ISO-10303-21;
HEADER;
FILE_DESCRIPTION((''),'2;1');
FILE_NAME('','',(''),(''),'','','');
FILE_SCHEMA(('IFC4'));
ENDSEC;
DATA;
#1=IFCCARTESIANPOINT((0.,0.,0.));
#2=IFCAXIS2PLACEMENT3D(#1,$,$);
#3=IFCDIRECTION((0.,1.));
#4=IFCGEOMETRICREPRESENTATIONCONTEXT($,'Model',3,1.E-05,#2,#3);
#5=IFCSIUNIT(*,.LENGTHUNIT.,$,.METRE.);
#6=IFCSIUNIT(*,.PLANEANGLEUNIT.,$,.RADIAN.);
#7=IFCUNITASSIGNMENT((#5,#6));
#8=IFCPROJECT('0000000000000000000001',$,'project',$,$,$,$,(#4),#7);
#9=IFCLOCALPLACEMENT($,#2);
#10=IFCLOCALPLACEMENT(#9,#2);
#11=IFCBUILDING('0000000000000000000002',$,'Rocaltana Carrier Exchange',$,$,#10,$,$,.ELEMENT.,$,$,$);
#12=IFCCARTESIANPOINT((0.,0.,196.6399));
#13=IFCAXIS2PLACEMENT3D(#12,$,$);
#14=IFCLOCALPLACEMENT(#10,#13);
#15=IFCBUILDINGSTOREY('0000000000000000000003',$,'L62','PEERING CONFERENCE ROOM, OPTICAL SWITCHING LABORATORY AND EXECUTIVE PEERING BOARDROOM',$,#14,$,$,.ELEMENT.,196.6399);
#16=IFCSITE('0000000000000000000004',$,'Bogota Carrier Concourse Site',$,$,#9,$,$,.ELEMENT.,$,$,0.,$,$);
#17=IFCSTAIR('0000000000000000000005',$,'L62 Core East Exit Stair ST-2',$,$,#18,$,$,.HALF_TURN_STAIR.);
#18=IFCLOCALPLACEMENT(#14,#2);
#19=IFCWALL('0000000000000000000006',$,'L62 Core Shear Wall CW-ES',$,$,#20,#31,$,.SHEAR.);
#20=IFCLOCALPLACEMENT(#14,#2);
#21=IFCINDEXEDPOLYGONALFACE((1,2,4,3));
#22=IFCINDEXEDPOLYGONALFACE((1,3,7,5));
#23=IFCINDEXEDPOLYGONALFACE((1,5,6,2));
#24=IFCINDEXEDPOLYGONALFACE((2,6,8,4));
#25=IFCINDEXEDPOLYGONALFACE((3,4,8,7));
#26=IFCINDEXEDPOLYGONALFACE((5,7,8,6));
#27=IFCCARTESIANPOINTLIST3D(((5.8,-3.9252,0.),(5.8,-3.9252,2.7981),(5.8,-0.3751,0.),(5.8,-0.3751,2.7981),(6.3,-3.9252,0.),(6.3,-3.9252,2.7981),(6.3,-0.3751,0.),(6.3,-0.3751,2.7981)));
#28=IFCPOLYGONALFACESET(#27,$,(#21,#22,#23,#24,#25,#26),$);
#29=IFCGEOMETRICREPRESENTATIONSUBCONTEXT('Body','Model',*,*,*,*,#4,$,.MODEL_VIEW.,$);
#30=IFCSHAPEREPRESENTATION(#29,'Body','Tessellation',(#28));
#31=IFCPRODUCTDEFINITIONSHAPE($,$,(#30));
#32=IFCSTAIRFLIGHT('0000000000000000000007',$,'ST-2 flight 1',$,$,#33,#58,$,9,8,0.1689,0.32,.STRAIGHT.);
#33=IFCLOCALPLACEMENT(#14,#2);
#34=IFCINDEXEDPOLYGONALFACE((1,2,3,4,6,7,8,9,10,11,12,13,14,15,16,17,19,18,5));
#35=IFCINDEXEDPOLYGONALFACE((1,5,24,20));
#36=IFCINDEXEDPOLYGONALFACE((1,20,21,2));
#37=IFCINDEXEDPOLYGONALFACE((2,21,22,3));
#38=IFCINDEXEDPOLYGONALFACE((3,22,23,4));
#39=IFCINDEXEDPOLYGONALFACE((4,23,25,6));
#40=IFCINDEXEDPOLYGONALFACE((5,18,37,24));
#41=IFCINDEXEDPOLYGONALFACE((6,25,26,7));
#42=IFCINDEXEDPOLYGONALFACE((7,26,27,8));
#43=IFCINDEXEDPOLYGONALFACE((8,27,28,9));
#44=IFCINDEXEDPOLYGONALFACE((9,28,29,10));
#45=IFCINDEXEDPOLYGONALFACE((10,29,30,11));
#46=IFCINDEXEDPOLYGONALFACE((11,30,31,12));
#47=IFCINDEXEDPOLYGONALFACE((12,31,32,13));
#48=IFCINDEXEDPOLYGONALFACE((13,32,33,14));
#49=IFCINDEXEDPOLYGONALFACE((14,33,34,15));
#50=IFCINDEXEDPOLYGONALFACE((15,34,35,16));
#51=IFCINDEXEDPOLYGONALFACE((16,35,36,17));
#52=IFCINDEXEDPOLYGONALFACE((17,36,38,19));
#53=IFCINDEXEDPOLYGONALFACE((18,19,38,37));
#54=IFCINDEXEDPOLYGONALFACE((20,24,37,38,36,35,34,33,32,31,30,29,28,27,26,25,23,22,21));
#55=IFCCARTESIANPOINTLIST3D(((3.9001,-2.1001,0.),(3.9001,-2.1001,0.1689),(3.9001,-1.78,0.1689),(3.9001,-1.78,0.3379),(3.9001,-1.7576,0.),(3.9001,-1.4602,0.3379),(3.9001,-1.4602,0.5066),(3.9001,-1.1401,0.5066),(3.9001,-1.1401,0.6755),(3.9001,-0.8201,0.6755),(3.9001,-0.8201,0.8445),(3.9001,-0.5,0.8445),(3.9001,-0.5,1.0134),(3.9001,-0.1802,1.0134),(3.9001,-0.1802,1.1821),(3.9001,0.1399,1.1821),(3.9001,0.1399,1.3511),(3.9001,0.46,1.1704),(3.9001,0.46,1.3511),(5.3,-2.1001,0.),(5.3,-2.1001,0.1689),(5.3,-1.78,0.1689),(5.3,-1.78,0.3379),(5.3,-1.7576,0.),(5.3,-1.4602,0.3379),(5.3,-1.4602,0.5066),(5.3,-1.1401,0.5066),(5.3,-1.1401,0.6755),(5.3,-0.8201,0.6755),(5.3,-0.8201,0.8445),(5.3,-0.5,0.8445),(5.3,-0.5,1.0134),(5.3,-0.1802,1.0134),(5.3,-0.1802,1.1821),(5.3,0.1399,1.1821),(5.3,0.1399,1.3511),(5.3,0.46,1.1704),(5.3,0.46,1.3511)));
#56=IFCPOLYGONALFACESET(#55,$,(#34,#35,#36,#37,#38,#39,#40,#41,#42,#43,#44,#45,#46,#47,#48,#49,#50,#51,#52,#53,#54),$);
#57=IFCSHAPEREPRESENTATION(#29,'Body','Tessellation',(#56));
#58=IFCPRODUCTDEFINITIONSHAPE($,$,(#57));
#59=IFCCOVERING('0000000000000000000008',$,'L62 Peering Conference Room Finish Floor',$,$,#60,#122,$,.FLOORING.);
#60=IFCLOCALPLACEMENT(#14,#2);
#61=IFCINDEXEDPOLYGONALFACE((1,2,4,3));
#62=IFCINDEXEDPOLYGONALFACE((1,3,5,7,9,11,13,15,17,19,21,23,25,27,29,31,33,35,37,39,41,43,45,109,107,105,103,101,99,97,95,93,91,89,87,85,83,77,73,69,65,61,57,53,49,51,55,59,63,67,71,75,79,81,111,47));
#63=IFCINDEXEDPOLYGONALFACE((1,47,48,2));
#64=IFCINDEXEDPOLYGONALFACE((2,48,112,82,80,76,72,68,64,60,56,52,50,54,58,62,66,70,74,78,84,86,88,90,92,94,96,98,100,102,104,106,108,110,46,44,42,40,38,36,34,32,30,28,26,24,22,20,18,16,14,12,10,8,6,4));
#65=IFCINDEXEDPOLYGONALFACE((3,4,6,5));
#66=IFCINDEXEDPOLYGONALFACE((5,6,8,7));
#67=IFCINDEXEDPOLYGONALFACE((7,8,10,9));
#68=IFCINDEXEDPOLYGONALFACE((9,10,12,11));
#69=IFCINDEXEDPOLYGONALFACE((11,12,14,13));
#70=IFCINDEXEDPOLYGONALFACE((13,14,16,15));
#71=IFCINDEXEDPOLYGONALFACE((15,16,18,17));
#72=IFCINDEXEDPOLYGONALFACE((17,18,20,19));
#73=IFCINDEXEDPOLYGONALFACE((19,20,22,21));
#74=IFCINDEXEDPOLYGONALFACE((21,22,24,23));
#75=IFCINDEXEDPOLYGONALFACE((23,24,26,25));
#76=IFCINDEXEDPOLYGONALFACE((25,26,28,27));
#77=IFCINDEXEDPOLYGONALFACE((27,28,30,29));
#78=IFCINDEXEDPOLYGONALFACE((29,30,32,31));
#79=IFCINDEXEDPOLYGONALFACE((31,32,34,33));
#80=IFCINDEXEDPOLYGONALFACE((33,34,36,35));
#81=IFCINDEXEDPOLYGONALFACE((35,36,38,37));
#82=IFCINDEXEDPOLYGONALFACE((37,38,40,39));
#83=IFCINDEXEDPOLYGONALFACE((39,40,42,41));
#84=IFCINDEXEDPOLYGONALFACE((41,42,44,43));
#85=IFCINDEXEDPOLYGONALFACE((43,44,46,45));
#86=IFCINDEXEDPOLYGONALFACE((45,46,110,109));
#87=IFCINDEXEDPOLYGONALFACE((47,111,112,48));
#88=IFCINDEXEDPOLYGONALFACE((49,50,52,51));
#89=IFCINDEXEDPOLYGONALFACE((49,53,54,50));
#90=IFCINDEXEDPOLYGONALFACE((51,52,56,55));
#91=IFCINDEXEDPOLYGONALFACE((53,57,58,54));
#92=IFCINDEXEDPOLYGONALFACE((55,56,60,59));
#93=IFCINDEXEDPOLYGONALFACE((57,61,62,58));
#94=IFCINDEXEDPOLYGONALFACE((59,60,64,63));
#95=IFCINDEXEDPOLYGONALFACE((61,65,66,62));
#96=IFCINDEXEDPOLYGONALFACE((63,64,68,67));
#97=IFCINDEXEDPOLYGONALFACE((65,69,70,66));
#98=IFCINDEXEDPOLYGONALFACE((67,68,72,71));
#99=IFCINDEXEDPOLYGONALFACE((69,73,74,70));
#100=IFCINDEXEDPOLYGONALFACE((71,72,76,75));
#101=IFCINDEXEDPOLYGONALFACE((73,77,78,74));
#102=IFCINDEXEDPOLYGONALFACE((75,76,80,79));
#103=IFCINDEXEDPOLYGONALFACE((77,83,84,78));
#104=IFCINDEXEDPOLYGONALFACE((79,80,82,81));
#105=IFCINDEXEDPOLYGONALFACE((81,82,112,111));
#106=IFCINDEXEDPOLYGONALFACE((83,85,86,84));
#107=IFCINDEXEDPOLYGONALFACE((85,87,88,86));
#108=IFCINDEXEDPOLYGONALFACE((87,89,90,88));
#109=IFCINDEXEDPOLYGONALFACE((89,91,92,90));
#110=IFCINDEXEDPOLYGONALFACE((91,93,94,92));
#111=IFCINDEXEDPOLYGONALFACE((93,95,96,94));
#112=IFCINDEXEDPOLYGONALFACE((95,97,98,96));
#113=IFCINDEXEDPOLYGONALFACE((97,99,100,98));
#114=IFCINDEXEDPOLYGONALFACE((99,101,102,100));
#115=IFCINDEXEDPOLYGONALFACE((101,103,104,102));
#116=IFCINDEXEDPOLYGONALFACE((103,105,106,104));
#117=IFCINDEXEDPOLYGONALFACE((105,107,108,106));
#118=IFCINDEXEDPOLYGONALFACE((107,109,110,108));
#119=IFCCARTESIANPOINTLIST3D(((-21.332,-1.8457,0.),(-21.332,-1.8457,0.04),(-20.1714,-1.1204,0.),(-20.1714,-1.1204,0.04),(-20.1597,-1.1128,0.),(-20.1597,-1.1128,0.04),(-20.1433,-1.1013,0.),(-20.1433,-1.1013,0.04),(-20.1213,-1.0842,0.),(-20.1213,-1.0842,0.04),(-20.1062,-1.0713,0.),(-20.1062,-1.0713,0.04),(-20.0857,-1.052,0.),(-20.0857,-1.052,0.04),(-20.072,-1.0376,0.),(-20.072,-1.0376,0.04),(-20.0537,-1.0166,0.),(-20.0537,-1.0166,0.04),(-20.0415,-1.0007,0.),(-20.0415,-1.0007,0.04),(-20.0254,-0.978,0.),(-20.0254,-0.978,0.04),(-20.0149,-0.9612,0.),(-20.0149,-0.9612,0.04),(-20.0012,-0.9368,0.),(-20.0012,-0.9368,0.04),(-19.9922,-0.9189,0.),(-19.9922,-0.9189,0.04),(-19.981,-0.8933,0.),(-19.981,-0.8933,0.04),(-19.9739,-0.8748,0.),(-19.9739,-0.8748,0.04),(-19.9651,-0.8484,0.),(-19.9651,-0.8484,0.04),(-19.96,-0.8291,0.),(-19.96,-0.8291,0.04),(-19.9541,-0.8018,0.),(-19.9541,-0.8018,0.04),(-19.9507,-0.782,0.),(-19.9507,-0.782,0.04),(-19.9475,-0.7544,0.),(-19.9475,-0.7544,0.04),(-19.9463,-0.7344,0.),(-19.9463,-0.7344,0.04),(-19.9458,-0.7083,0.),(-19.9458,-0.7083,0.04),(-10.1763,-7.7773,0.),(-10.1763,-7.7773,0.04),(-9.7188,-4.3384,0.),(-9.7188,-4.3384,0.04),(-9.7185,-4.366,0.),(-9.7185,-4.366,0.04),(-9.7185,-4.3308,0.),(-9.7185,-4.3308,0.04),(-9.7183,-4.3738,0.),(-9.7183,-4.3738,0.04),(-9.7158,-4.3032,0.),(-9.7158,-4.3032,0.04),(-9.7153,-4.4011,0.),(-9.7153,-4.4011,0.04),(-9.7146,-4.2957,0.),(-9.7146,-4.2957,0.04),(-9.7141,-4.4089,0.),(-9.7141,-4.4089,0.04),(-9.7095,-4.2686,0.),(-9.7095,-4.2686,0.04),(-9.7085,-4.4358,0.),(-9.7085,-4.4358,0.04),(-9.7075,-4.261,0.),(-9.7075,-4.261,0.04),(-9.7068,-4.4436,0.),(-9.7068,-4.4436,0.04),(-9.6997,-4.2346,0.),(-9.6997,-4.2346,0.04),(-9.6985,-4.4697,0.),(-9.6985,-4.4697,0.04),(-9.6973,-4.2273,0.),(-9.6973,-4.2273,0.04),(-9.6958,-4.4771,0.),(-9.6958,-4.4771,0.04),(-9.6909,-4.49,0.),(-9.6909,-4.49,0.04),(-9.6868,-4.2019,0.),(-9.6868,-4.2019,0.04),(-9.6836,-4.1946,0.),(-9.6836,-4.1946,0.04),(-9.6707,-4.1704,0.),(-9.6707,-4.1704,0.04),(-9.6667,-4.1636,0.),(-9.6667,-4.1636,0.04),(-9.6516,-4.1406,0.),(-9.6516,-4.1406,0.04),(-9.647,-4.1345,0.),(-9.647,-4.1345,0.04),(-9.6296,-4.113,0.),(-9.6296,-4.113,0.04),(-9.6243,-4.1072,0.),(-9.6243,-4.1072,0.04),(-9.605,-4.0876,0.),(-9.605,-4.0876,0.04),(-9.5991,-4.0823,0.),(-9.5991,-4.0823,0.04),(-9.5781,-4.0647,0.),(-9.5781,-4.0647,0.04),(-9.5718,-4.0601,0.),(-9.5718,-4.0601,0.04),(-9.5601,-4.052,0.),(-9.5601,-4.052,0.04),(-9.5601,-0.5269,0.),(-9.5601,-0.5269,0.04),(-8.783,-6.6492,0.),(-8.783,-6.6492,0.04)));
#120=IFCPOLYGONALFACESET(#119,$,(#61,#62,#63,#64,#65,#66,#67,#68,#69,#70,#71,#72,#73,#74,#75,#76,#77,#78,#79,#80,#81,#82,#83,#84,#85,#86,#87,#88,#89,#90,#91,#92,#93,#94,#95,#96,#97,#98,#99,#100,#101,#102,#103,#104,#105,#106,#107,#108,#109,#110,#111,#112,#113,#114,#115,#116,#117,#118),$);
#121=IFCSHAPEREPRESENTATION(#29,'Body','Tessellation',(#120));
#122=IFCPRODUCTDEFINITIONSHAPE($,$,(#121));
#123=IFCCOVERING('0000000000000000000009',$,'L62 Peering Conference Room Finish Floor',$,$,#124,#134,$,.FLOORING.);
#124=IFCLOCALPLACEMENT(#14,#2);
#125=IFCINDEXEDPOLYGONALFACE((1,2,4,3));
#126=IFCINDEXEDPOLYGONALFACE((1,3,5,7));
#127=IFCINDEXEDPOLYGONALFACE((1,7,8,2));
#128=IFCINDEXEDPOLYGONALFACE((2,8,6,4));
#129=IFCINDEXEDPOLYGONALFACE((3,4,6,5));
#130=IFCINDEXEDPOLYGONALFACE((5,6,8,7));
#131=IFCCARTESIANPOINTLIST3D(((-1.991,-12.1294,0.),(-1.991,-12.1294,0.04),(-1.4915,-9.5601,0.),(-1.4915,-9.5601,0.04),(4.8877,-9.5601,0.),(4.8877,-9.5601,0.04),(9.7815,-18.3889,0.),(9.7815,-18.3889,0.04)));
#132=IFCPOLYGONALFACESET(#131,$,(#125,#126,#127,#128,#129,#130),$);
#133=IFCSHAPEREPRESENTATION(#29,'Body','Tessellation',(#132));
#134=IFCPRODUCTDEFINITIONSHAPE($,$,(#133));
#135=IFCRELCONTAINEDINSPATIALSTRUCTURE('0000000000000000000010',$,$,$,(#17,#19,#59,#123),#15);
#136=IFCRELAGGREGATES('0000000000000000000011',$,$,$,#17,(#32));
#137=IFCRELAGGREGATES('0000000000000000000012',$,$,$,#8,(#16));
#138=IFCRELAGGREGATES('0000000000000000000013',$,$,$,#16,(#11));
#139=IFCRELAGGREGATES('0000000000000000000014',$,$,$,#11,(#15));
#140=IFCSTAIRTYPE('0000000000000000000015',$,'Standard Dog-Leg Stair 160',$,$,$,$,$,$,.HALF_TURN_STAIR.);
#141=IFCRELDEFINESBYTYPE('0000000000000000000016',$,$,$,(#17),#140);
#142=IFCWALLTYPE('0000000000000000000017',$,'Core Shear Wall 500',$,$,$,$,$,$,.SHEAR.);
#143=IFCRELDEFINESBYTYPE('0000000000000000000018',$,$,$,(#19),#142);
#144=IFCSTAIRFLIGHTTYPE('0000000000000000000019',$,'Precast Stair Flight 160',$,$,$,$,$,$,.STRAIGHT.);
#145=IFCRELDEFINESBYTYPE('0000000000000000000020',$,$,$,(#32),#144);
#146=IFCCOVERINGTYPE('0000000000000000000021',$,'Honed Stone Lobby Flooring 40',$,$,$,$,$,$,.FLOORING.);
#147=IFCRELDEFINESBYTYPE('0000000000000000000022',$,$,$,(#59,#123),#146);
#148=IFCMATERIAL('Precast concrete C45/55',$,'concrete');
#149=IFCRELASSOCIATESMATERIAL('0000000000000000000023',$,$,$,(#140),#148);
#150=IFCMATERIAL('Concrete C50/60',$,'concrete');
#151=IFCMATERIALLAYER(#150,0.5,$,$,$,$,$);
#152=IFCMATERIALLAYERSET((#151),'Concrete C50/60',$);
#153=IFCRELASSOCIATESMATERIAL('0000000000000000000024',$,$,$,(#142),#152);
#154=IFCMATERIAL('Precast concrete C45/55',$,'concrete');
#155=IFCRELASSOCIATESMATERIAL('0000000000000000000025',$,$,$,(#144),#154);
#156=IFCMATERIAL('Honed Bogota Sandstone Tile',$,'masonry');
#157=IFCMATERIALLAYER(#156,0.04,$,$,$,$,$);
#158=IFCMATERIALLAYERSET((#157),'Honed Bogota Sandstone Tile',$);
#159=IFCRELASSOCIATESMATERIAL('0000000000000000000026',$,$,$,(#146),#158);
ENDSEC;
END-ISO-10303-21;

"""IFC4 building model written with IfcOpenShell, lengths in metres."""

from ifc_helpers import new_model, si_unit, direction, frame, frame_2d, origin, place, context, subcontext, project, spatial, polyline, rectangle, outline, extrude, material, layer, layer_set, type_object, element, aggregate, save


model = new_model("IFC4")

# Units and contexts
model_context = context("Model", 3, precision=1e-05, world=origin(), true_north=direction((0.0, 1.0)))
body_context = subcontext(model_context, "Body", "Model", "MODEL_VIEW")
ifc_project = project(units=[si_unit("LENGTHUNIT", "METRE"), si_unit("PLANEANGLEUNIT", "RADIAN")], contexts=[model_context])

# Site, building, storey
site_placement = place(None, origin())
site = spatial("IfcSite", under=ifc_project, at=site_placement, Name="Bogota Carrier Concourse Site", CompositionType="ELEMENT", RefElevation=0.0)
building_placement = place(site_placement, origin())
building = spatial("IfcBuilding", under=site, at=building_placement, Name="Rocaltana Carrier Exchange", CompositionType="ELEMENT")
storey_placement = place(building_placement, frame((0.0, 0.0, 196.6399)))
storey = spatial("IfcBuildingStorey", under=building, at=storey_placement, Name="L62", Description="PEERING CONFERENCE ROOM, OPTICAL SWITCHING LABORATORY AND EXECUTIVE PEERING BOARDROOM", CompositionType="ELEMENT", Elevation=196.6399)

# Stair
ifc_material_1 = material(Name="Precast concrete C45/55", Category="concrete")
stair_type = type_object("IfcStairType", Name="Standard Dog-Leg Stair 160", PredefinedType="HALF_TURN_STAIR", material=ifc_material_1)
stair_1_placement = place(storey_placement, origin())
stair_1 = element("IfcStair", 1, at=stair_1_placement, inside=storey, type_object=stair_type, Name="L62 Core East Exit Stair ST-2", PredefinedType="HALF_TURN_STAIR")

# Wall
ifc_material_2 = material(Name="Concrete C50/60", Category="concrete")
ifc_layer_1 = layer(ifc_material_2, 0.5)
ifc_layer_set_1 = layer_set([ifc_layer_1], Name="Concrete C50/60")
wall_type_1 = type_object("IfcWallType", Name="Core Shear Wall 500", PredefinedType="SHEAR", material=ifc_layer_set_1)
wall_1_placement = place(storey_placement, frame((6.05, -3.925, 0.0), z_axis=(0.0, 0.0, 1.0), x_axis=(0.0, 1.0, 0.0)))
element("IfcWall", 2, at=wall_1_placement, inside=storey, type_object=wall_type_1, Name="L62 Core Shear Wall CW-ES", PredefinedType="SHEAR", context=body_context, shape_type="SweptSolid", body=[
    extrude(rectangle(XDim=3.55, YDim=0.5, at=frame_2d((1.7749, 0.0))), origin(), (0.0, 0.0, 1.0), 2.7981),
])

# Stair flight
ifc_material_3 = material(Name="Precast concrete C45/55", Category="concrete")
stair_flight_type = type_object("IfcStairFlightType", Name="Precast Stair Flight 160", PredefinedType="STRAIGHT", material=ifc_material_3)
stair_flight_placement = place(storey_placement, frame((4.6001, -2.1001, 0.0), z_axis=(0.0, 0.0, 1.0), x_axis=(0.0, 1.0, 0.0)))
stair_flight = element("IfcStairFlight", 3, at=stair_flight_placement, type_object=stair_flight_type, Name="ST-2 flight 1", NumberOfRisers=9, NumberOfTreads=8, PredefinedType="STRAIGHT", RiserHeight=0.1689, TreadLength=0.32, context=body_context, shape_type="SweptSolid", body=[
    extrude(outline(polyline([(0.0, 0.0), (0.0, 0.1689), (0.3201, 0.1689), (0.3201, 0.3379), (0.6399, 0.3379), (0.6399, 0.5066), (0.96, 0.5066), (0.96, 0.6755), (1.28, 0.6755), (1.28, 0.8445), (1.6001, 0.8445), (1.6001, 1.0134), (1.9199, 1.0134), (1.9199, 1.1821), (2.24, 1.1821), (2.24, 1.3511), (2.5601, 1.3511), (2.5601, 1.52), (2.5601, 1.1704), (0.3425, 0.0), (0.0, 0.0)])), frame((0.0, 0.7, 0.0), z_axis=(0.0, -1.0, 0.0), x_axis=(1.0, 0.0, 0.0)), (0.0, 0.0, 1.0), 1.3999),
])
aggregate(stair_1, [stair_flight])

# Coverings
ifc_material_4 = material(Name="Honed Bogota Sandstone Tile", Category="masonry")
ifc_layer_2 = layer(ifc_material_4, 0.04)
ifc_layer_set_2 = layer_set([ifc_layer_2], Name="Honed Bogota Sandstone Tile")
covering_type_1 = type_object("IfcCoveringType", Name="Honed Stone Lobby Flooring 40", PredefinedType="FLOORING", material=ifc_layer_set_2)
covering_1_placement = place(storey_placement, origin())
element("IfcCovering", 4, at=covering_1_placement, inside=storey, type_object=covering_type_1, Name="L62 Peering Conference Room Finish Floor", PredefinedType="FLOORING", context=body_context, shape_type="SweptSolid", body=[
    extrude(outline(polyline([(-20.1714, -1.1204), (-20.1597, -1.1128), (-20.1433, -1.1013), (-20.1213, -1.0842), (-20.1062, -1.0713), (-20.0857, -1.052), (-20.072, -1.0376), (-20.0537, -1.0166), (-20.0415, -1.0007), (-20.0254, -0.978), (-20.0149, -0.9612), (-20.0012, -0.9368), (-19.9922, -0.9189), (-19.981, -0.8933), (-19.9739, -0.8748), (-19.9651, -0.8484), (-19.96, -0.8291), (-19.9541, -0.8018), (-19.9507, -0.782), (-19.9475, -0.7544), (-19.9463, -0.7344), (-19.9458, -0.7083), (-9.5601, -0.5269), (-9.5601, -4.052), (-9.5718, -4.0601), (-9.5781, -4.0647), (-9.5991, -4.0823), (-9.605, -4.0876), (-9.6243, -4.1072), (-9.6296, -4.113), (-9.647, -4.1345), (-9.6516, -4.1406), (-9.6667, -4.1636), (-9.6707, -4.1704), (-9.6836, -4.1946), (-9.6868, -4.2019), (-9.6973, -4.2273), (-9.6997, -4.2346), (-9.7075, -4.261), (-9.7095, -4.2686), (-9.7146, -4.2957), (-9.7158, -4.3032), (-9.7185, -4.3308), (-9.7188, -4.3384), (-9.7185, -4.366), (-9.7183, -4.3738), (-9.7153, -4.4011), (-9.7141, -4.4089), (-9.7085, -4.4358), (-9.7068, -4.4436), (-9.6985, -4.4697), (-9.6958, -4.4771), (-9.6909, -4.49), (-8.783, -6.6492), (-10.1763, -7.7773), (-21.332, -1.8457), (-20.1714, -1.1204)])), origin(), (0.0, 0.0, 1.0), 0.04),
])
covering_2_placement = place(storey_placement, origin())
element("IfcCovering", 5, at=covering_2_placement, inside=storey, type_object=covering_type_1, Name="L62 Peering Conference Room Finish Floor", PredefinedType="FLOORING", context=body_context, shape_type="SweptSolid", body=[
    extrude(outline(polyline([(-1.991, -12.1294), (-1.4915, -9.5601), (4.8877, -9.5601), (9.7815, -18.3889), (-1.991, -12.1294)])), origin(), (0.0, 0.0, 1.0), 0.04),
])

save(model, "model.ifc")
